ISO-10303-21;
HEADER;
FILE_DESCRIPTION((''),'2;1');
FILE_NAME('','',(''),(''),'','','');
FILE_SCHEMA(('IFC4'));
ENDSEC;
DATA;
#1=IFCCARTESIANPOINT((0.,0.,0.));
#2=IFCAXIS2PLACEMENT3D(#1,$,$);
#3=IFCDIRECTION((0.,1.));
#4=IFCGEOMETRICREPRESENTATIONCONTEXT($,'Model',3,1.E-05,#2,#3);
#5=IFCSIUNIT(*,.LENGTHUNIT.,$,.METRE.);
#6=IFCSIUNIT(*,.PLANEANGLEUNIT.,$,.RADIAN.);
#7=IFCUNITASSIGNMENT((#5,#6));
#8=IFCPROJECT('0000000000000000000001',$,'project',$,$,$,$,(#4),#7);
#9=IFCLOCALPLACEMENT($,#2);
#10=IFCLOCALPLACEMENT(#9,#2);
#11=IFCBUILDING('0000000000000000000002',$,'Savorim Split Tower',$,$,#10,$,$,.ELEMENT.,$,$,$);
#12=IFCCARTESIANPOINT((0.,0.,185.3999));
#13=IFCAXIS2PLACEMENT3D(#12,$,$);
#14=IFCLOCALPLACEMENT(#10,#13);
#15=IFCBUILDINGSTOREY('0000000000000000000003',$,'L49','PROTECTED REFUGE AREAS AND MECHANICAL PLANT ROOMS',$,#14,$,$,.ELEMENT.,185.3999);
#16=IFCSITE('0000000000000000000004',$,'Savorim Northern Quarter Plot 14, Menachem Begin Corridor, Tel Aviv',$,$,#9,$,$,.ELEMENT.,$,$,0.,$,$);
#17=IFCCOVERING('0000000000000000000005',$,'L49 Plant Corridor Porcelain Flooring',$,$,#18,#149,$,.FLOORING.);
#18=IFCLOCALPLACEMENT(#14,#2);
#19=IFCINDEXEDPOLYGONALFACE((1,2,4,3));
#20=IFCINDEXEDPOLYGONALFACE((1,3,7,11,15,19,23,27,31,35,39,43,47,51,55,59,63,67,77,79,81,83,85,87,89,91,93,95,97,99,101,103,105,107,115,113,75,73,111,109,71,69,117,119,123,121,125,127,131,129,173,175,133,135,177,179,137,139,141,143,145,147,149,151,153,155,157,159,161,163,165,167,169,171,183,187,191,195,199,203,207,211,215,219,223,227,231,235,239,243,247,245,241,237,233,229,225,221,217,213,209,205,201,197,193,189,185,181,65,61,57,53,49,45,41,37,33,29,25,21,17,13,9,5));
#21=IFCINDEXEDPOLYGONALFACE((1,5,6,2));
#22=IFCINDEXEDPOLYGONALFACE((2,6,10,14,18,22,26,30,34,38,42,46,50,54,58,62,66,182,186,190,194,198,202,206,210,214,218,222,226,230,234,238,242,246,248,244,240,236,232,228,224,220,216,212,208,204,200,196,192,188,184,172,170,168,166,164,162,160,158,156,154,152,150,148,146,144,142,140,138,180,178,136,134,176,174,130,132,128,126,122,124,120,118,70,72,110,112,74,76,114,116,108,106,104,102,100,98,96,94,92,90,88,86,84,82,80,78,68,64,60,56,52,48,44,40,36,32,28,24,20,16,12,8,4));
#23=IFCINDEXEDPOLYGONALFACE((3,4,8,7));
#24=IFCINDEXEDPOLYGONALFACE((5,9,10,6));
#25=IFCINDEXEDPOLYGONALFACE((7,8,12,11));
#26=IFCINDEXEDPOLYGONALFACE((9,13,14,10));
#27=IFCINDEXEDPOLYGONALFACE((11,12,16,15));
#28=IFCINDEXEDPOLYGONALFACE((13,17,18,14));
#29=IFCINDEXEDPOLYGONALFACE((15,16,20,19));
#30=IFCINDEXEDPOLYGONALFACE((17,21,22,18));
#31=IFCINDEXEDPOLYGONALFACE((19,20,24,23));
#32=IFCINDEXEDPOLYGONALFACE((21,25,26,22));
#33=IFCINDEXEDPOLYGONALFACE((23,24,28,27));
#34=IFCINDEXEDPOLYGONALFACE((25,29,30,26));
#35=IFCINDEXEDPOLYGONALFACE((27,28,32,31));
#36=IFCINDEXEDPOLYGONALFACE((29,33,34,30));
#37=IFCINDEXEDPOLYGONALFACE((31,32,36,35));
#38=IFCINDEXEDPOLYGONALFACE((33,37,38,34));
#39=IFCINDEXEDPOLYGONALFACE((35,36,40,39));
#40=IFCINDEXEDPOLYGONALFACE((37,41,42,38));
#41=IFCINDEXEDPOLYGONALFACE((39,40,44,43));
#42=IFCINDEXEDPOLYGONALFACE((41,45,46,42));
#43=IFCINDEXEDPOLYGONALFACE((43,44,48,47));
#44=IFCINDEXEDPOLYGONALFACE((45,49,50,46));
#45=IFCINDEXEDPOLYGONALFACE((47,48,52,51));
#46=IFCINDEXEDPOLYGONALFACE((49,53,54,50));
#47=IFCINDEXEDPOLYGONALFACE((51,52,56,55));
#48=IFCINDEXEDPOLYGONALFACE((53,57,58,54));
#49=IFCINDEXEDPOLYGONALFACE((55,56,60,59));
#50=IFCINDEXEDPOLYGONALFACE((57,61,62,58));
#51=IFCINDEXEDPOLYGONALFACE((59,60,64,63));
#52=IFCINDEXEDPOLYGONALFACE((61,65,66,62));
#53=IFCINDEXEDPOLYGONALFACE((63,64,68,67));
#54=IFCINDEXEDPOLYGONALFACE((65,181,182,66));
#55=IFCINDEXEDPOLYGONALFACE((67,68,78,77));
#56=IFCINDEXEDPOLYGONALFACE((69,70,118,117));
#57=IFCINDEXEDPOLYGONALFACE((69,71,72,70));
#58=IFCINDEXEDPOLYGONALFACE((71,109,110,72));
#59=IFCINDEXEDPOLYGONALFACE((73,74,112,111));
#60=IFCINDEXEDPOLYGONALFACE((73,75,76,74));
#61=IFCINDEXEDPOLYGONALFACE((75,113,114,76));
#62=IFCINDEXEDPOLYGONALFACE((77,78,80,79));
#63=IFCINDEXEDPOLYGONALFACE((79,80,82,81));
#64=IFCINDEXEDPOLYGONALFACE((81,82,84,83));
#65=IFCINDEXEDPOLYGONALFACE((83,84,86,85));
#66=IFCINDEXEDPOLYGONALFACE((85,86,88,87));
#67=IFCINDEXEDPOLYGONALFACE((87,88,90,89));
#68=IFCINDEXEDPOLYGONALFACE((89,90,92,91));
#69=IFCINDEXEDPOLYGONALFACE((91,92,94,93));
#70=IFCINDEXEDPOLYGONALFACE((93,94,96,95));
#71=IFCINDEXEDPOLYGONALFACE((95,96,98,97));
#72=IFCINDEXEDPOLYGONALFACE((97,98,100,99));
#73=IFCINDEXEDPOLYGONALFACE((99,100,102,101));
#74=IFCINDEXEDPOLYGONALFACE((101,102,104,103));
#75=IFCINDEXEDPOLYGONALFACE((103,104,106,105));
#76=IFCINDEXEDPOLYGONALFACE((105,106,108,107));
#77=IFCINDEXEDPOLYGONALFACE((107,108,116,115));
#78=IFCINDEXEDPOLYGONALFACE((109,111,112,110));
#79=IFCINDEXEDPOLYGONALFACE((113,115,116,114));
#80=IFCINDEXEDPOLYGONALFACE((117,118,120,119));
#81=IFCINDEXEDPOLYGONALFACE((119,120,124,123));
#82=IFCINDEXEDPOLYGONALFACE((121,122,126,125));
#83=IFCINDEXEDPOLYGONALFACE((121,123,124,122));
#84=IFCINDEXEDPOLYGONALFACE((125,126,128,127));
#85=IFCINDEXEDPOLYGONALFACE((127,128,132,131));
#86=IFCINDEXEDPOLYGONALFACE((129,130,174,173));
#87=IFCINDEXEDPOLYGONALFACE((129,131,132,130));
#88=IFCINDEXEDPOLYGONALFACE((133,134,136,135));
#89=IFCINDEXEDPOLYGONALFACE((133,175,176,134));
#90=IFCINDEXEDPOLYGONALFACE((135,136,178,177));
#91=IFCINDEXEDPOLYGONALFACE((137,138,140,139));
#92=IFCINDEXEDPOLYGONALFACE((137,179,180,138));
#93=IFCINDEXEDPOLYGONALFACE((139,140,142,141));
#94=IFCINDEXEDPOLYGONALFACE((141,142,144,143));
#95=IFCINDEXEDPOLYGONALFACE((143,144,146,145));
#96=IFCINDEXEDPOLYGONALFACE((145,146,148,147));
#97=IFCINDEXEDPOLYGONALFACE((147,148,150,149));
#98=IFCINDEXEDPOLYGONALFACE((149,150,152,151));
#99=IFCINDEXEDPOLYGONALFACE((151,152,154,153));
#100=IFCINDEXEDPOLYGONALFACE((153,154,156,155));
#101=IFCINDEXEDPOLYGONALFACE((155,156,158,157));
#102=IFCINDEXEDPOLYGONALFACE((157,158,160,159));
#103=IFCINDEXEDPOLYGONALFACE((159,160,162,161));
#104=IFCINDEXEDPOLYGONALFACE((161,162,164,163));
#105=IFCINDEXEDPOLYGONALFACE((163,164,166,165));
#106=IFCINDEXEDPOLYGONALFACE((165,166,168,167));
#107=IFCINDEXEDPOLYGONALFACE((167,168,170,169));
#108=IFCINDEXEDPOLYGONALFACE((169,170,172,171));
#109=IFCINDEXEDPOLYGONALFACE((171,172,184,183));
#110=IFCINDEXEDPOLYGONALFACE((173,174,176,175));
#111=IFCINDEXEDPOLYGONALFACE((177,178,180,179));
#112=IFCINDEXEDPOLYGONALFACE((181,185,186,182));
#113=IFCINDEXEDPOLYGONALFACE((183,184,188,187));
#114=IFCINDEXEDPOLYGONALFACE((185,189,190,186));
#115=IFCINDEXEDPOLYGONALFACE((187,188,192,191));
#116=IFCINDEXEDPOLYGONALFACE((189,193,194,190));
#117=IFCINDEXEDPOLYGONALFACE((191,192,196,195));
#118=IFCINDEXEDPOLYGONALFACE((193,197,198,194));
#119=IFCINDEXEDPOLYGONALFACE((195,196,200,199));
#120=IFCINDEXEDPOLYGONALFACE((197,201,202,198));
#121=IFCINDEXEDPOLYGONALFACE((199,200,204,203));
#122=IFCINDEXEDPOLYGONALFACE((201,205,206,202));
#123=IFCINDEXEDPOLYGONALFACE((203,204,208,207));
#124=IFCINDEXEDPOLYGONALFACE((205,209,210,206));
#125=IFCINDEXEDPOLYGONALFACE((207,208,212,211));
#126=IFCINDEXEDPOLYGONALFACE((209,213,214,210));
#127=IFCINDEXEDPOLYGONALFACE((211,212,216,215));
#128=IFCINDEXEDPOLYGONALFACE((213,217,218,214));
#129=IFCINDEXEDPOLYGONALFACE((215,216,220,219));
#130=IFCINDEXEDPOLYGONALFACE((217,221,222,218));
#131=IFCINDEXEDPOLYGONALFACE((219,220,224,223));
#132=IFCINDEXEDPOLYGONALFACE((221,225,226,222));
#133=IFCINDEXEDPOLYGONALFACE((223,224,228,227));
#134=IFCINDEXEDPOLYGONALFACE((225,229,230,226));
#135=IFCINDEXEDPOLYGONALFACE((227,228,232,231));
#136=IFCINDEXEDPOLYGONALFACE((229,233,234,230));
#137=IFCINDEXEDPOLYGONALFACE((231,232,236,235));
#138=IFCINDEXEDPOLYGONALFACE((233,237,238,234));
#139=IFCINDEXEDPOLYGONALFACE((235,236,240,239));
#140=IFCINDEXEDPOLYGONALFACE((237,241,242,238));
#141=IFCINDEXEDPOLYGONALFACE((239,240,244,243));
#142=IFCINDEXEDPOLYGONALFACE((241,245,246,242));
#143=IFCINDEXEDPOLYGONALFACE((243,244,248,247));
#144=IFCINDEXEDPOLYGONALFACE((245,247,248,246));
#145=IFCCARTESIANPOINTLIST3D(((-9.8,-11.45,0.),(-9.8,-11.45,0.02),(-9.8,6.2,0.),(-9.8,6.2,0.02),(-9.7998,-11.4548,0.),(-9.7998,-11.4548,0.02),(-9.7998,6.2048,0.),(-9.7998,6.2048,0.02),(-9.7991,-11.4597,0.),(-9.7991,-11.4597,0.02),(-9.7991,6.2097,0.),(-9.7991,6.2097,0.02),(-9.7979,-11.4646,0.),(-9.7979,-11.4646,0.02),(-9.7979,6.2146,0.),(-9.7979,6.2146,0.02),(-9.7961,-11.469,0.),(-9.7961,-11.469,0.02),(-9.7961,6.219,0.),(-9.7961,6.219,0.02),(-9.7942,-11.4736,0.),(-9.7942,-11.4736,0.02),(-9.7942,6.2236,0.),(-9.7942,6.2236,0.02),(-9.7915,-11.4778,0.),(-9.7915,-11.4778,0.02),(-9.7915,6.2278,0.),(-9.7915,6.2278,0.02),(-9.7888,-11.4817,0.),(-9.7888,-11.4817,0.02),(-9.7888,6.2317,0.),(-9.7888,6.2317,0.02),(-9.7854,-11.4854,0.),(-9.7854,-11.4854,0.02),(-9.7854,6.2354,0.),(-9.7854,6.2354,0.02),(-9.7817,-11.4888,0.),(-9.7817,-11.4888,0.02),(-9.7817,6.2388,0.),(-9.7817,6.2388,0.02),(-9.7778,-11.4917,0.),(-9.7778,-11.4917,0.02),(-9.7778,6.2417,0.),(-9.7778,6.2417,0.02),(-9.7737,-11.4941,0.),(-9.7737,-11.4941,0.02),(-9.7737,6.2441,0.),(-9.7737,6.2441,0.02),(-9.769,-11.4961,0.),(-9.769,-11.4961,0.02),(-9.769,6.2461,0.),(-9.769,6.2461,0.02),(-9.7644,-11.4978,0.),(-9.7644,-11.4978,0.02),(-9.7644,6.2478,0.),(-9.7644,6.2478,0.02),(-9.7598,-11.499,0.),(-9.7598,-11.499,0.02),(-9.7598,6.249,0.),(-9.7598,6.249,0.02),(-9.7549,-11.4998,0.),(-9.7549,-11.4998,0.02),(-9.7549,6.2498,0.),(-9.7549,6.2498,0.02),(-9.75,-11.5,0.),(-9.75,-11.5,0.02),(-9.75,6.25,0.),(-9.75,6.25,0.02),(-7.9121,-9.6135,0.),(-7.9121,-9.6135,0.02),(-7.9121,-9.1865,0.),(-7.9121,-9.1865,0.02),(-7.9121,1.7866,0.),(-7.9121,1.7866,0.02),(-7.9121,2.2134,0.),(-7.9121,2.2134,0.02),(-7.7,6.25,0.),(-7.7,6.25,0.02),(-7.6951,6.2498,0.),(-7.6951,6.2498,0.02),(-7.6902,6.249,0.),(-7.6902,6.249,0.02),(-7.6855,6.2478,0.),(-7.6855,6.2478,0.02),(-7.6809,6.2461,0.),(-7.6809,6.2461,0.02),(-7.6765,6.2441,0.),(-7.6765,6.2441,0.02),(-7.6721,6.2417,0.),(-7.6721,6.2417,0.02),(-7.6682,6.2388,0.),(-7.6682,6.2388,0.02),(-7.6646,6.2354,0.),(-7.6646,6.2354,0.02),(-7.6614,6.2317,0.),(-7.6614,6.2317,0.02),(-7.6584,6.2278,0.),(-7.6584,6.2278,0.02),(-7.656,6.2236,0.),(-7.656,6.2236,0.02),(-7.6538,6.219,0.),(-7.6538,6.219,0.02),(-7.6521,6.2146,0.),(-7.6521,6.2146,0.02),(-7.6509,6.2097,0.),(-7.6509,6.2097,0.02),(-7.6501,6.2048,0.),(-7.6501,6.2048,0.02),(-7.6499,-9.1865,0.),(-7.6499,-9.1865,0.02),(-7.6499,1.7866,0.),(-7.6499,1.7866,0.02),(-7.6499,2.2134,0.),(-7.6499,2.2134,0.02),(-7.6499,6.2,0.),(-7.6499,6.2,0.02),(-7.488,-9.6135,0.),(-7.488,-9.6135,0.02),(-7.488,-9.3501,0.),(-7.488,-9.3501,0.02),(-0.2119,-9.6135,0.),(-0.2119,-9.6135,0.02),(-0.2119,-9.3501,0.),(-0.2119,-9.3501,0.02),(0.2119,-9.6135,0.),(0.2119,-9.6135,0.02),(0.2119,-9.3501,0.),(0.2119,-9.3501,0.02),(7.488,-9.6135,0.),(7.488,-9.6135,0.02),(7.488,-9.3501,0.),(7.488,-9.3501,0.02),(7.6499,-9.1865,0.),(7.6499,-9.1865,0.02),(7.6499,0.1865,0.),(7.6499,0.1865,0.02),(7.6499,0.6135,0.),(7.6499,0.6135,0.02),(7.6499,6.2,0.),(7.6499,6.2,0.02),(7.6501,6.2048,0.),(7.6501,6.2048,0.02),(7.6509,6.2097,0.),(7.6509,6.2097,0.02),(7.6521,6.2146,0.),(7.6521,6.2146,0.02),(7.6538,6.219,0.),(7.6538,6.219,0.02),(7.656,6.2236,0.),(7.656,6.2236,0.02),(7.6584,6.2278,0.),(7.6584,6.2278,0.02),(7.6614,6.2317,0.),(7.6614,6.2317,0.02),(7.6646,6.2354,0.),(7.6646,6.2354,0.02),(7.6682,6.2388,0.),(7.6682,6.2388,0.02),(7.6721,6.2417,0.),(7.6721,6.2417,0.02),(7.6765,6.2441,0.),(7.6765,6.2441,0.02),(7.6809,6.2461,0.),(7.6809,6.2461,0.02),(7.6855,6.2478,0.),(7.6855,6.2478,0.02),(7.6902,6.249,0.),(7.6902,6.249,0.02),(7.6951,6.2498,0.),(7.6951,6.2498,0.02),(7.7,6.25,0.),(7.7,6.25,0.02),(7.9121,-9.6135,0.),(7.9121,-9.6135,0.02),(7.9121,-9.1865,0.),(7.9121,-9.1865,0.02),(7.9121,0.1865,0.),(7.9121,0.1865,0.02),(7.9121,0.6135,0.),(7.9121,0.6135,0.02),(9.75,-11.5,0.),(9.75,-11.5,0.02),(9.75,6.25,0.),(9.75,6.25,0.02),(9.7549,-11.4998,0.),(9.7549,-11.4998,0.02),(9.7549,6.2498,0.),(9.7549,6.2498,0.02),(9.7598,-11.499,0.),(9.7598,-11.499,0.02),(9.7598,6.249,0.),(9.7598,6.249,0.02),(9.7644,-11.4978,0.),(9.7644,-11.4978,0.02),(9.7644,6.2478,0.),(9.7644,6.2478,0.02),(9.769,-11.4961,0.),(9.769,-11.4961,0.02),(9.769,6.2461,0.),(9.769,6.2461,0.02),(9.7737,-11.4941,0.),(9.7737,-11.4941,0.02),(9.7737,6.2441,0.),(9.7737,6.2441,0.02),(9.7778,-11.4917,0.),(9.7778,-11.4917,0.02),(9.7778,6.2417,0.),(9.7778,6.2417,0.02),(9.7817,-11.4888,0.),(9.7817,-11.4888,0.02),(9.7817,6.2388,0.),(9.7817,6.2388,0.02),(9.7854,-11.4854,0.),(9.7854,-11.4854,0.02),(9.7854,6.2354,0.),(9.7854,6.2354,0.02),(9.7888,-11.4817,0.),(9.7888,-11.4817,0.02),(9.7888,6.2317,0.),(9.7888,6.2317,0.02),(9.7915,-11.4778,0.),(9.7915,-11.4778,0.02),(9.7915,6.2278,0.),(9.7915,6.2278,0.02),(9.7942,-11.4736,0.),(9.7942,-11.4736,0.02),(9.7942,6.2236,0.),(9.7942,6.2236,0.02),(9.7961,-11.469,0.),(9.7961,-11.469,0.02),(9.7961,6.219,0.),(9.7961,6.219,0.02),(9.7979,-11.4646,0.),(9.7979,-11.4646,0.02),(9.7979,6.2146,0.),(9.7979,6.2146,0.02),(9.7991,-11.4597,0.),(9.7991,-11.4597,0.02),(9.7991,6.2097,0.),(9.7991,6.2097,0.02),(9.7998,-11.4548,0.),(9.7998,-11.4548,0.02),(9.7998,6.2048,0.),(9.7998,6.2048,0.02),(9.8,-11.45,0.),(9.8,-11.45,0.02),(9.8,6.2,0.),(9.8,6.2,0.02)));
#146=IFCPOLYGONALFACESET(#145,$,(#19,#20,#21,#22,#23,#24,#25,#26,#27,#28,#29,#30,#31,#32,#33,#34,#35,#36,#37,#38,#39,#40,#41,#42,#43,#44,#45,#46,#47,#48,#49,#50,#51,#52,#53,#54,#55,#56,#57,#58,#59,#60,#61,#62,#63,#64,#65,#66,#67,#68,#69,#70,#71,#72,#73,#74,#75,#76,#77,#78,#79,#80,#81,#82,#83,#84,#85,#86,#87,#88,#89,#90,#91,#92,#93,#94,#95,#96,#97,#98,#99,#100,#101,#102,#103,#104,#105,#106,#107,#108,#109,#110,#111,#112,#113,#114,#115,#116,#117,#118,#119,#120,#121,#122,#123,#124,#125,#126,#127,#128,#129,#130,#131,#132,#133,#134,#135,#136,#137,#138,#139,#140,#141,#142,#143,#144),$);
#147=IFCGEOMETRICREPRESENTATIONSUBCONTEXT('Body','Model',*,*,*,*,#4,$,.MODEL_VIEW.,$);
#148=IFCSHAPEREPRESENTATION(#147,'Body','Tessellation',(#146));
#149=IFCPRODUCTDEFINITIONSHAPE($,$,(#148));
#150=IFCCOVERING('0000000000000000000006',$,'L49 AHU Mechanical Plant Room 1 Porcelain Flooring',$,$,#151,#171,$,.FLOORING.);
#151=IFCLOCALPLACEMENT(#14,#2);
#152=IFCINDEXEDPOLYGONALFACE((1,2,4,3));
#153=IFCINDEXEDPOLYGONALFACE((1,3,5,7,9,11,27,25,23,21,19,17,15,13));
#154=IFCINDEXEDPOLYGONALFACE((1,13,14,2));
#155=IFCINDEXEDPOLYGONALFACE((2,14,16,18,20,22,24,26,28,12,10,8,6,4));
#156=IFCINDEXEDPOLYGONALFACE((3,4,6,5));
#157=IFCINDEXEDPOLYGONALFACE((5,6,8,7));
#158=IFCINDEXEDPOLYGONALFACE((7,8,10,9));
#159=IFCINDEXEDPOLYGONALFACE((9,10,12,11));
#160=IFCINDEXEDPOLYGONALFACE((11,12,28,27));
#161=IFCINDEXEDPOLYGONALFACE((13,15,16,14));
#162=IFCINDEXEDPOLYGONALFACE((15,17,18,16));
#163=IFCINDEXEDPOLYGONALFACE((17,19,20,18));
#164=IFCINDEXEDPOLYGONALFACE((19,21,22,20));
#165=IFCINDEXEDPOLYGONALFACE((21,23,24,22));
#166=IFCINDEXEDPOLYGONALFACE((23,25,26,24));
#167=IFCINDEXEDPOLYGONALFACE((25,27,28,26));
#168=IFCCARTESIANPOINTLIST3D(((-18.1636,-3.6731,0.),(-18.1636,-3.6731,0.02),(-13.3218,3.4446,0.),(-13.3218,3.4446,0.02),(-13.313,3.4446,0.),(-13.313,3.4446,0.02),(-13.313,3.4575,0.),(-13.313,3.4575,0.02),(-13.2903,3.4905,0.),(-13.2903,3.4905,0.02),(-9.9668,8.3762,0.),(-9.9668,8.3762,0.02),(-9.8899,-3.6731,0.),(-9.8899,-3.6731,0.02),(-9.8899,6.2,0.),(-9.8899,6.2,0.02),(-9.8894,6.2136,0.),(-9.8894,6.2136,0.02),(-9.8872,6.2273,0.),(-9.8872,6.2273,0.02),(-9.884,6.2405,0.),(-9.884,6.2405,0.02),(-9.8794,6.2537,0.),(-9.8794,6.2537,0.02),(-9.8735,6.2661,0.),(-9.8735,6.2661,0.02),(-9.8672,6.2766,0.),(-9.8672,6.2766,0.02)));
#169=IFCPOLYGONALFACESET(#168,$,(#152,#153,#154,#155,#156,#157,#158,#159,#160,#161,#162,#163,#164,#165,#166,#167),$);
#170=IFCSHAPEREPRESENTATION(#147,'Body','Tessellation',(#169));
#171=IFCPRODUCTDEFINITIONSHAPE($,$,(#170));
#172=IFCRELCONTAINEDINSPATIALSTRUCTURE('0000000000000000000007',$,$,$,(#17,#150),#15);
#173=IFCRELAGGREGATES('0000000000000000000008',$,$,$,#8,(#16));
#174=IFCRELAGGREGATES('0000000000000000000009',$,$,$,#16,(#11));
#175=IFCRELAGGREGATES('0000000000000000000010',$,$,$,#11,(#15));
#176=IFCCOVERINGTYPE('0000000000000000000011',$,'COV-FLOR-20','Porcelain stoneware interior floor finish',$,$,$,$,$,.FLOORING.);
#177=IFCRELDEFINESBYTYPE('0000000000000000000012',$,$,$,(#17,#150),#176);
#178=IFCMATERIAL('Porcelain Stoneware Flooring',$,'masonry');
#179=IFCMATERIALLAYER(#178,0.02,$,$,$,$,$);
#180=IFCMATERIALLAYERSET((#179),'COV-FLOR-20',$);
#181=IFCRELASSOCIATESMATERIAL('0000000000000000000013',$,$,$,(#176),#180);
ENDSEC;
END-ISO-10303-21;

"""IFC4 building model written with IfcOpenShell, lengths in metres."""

from ifc_helpers import new_model, si_unit, direction, frame, origin, place, context, subcontext, project, spatial, polyline, outline, extrude, material, layer, layer_set, type_object, element, save


model = new_model("IFC4")

# Units and contexts
model_context = context("Model", 3, precision=1e-05, world=origin(), true_north=direction((0.0, 1.0)))
body_context = subcontext(model_context, "Body", "Model", "MODEL_VIEW")
ifc_project = project(units=[si_unit("LENGTHUNIT", "METRE"), si_unit("PLANEANGLEUNIT", "RADIAN")], contexts=[model_context])

# Site, building, storey
site_placement = place(None, origin())
site = spatial("IfcSite", under=ifc_project, at=site_placement, Name="Savorim Northern Quarter Plot 14, Menachem Begin Corridor, Tel Aviv", CompositionType="ELEMENT", RefElevation=0.0)
building_placement = place(site_placement, origin())
building = spatial("IfcBuilding", under=site, at=building_placement, Name="Savorim Split Tower", CompositionType="ELEMENT")
storey_placement = place(building_placement, frame((0.0, 0.0, 185.3999)))
storey = spatial("IfcBuildingStorey", under=building, at=storey_placement, Name="L49", Description="PROTECTED REFUGE AREAS AND MECHANICAL PLANT ROOMS", CompositionType="ELEMENT", Elevation=185.3999)

# Coverings
ifc_material_1 = material(Name="Porcelain Stoneware Flooring", Category="masonry")
ifc_layer_1 = layer(ifc_material_1, 0.02)
ifc_layer_set_1 = layer_set([ifc_layer_1], Name="COV-FLOR-20")
covering_type_1 = type_object("IfcCoveringType", Name="COV-FLOR-20", Description="Porcelain stoneware interior floor finish", PredefinedType="FLOORING", material=ifc_layer_set_1)
covering_1_placement = place(storey_placement, origin())
element("IfcCovering", 1, at=covering_1_placement, inside=storey, type_object=covering_type_1, Name="L49 Plant Corridor Porcelain Flooring", PredefinedType="FLOORING", context=body_context, shape_type="SweptSolid", body=[
    extrude(outline(polyline([(7.9121, 0.1865), (7.6499, 0.1865), (7.6499, -9.1865), (7.9121, -9.1865), (7.9121, -9.6135), (7.488, -9.6135), (7.488, -9.3501), (0.2119, -9.3501), (0.2119, -9.6135), (-0.2119, -9.6135), (-0.2119, -9.3501), (-7.488, -9.3501), (-7.488, -9.6135), (-7.9121, -9.6135), (-7.9121, -9.1865), (-7.6499, -9.1865), (-7.6499, 1.7866), (-7.9121, 1.7866), (-7.9121, 2.2134), (-7.6499, 2.2134), (-7.6499, 6.2), (-7.6501, 6.2048), (-7.6509, 6.2097), (-7.6521, 6.2146), (-7.6538, 6.219), (-7.656, 6.2236), (-7.6584, 6.2278), (-7.6614, 6.2317), (-7.6646, 6.2354), (-7.6682, 6.2388), (-7.6721, 6.2417), (-7.6765, 6.2441), (-7.6809, 6.2461), (-7.6855, 6.2478), (-7.6902, 6.249), (-7.6951, 6.2498), (-7.7, 6.25), (-9.75, 6.25), (-9.7549, 6.2498), (-9.7598, 6.249), (-9.7644, 6.2478), (-9.769, 6.2461), (-9.7737, 6.2441), (-9.7778, 6.2417), (-9.7817, 6.2388), (-9.7854, 6.2354), (-9.7888, 6.2317), (-9.7915, 6.2278), (-9.7942, 6.2236), (-9.7961, 6.219), (-9.7979, 6.2146), (-9.7991, 6.2097), (-9.7998, 6.2048), (-9.8, 6.2), (-9.8, -11.45), (-9.7998, -11.4548), (-9.7991, -11.4597), (-9.7979, -11.4646), (-9.7961, -11.469), (-9.7942, -11.4736), (-9.7915, -11.4778), (-9.7888, -11.4817), (-9.7854, -11.4854), (-9.7817, -11.4888), (-9.7778, -11.4917), (-9.7737, -11.4941), (-9.769, -11.4961), (-9.7644, -11.4978), (-9.7598, -11.499), (-9.7549, -11.4998), (-9.75, -11.5), (9.75, -11.5), (9.7549, -11.4998), (9.7598, -11.499), (9.7644, -11.4978), (9.769, -11.4961), (9.7737, -11.4941), (9.7778, -11.4917), (9.7817, -11.4888), (9.7854, -11.4854), (9.7888, -11.4817), (9.7915, -11.4778), (9.7942, -11.4736), (9.7961, -11.469), (9.7979, -11.4646), (9.7991, -11.4597), (9.7998, -11.4548), (9.8, -11.45), (9.8, 6.2), (9.7998, 6.2048), (9.7991, 6.2097), (9.7979, 6.2146), (9.7961, 6.219), (9.7942, 6.2236), (9.7915, 6.2278), (9.7888, 6.2317), (9.7854, 6.2354), (9.7817, 6.2388), (9.7778, 6.2417), (9.7737, 6.2441), (9.769, 6.2461), (9.7644, 6.2478), (9.7598, 6.249), (9.7549, 6.2498), (9.75, 6.25), (7.7, 6.25), (7.6951, 6.2498), (7.6902, 6.249), (7.6855, 6.2478), (7.6809, 6.2461), (7.6765, 6.2441), (7.6721, 6.2417), (7.6682, 6.2388), (7.6646, 6.2354), (7.6614, 6.2317), (7.6584, 6.2278), (7.656, 6.2236), (7.6538, 6.219), (7.6521, 6.2146), (7.6509, 6.2097), (7.6501, 6.2048), (7.6499, 6.2), (7.6499, 0.6135), (7.9121, 0.6135), (7.9121, 0.1865)])), origin(), (0.0, 0.0, 1.0), 0.02),
])
covering_2_placement = place(storey_placement, origin())
element("IfcCovering", 2, at=covering_2_placement, inside=storey, type_object=covering_type_1, Name="L49 AHU Mechanical Plant Room 1 Porcelain Flooring", PredefinedType="FLOORING", context=body_context, shape_type="SweptSolid", body=[
    extrude(outline(polyline([(-9.8735, 6.2661), (-9.8672, 6.2766), (-9.9668, 8.3762), (-13.2903, 3.4905), (-13.313, 3.4575), (-13.313, 3.4446), (-13.3218, 3.4446), (-18.1636, -3.6731), (-9.8899, -3.6731), (-9.8899, 6.2), (-9.8894, 6.2136), (-9.8872, 6.2273), (-9.884, 6.2405), (-9.8794, 6.2537), (-9.8735, 6.2661)])), origin(), (0.0, 0.0, 1.0), 0.02),
])

save(model, "model.ifc")
